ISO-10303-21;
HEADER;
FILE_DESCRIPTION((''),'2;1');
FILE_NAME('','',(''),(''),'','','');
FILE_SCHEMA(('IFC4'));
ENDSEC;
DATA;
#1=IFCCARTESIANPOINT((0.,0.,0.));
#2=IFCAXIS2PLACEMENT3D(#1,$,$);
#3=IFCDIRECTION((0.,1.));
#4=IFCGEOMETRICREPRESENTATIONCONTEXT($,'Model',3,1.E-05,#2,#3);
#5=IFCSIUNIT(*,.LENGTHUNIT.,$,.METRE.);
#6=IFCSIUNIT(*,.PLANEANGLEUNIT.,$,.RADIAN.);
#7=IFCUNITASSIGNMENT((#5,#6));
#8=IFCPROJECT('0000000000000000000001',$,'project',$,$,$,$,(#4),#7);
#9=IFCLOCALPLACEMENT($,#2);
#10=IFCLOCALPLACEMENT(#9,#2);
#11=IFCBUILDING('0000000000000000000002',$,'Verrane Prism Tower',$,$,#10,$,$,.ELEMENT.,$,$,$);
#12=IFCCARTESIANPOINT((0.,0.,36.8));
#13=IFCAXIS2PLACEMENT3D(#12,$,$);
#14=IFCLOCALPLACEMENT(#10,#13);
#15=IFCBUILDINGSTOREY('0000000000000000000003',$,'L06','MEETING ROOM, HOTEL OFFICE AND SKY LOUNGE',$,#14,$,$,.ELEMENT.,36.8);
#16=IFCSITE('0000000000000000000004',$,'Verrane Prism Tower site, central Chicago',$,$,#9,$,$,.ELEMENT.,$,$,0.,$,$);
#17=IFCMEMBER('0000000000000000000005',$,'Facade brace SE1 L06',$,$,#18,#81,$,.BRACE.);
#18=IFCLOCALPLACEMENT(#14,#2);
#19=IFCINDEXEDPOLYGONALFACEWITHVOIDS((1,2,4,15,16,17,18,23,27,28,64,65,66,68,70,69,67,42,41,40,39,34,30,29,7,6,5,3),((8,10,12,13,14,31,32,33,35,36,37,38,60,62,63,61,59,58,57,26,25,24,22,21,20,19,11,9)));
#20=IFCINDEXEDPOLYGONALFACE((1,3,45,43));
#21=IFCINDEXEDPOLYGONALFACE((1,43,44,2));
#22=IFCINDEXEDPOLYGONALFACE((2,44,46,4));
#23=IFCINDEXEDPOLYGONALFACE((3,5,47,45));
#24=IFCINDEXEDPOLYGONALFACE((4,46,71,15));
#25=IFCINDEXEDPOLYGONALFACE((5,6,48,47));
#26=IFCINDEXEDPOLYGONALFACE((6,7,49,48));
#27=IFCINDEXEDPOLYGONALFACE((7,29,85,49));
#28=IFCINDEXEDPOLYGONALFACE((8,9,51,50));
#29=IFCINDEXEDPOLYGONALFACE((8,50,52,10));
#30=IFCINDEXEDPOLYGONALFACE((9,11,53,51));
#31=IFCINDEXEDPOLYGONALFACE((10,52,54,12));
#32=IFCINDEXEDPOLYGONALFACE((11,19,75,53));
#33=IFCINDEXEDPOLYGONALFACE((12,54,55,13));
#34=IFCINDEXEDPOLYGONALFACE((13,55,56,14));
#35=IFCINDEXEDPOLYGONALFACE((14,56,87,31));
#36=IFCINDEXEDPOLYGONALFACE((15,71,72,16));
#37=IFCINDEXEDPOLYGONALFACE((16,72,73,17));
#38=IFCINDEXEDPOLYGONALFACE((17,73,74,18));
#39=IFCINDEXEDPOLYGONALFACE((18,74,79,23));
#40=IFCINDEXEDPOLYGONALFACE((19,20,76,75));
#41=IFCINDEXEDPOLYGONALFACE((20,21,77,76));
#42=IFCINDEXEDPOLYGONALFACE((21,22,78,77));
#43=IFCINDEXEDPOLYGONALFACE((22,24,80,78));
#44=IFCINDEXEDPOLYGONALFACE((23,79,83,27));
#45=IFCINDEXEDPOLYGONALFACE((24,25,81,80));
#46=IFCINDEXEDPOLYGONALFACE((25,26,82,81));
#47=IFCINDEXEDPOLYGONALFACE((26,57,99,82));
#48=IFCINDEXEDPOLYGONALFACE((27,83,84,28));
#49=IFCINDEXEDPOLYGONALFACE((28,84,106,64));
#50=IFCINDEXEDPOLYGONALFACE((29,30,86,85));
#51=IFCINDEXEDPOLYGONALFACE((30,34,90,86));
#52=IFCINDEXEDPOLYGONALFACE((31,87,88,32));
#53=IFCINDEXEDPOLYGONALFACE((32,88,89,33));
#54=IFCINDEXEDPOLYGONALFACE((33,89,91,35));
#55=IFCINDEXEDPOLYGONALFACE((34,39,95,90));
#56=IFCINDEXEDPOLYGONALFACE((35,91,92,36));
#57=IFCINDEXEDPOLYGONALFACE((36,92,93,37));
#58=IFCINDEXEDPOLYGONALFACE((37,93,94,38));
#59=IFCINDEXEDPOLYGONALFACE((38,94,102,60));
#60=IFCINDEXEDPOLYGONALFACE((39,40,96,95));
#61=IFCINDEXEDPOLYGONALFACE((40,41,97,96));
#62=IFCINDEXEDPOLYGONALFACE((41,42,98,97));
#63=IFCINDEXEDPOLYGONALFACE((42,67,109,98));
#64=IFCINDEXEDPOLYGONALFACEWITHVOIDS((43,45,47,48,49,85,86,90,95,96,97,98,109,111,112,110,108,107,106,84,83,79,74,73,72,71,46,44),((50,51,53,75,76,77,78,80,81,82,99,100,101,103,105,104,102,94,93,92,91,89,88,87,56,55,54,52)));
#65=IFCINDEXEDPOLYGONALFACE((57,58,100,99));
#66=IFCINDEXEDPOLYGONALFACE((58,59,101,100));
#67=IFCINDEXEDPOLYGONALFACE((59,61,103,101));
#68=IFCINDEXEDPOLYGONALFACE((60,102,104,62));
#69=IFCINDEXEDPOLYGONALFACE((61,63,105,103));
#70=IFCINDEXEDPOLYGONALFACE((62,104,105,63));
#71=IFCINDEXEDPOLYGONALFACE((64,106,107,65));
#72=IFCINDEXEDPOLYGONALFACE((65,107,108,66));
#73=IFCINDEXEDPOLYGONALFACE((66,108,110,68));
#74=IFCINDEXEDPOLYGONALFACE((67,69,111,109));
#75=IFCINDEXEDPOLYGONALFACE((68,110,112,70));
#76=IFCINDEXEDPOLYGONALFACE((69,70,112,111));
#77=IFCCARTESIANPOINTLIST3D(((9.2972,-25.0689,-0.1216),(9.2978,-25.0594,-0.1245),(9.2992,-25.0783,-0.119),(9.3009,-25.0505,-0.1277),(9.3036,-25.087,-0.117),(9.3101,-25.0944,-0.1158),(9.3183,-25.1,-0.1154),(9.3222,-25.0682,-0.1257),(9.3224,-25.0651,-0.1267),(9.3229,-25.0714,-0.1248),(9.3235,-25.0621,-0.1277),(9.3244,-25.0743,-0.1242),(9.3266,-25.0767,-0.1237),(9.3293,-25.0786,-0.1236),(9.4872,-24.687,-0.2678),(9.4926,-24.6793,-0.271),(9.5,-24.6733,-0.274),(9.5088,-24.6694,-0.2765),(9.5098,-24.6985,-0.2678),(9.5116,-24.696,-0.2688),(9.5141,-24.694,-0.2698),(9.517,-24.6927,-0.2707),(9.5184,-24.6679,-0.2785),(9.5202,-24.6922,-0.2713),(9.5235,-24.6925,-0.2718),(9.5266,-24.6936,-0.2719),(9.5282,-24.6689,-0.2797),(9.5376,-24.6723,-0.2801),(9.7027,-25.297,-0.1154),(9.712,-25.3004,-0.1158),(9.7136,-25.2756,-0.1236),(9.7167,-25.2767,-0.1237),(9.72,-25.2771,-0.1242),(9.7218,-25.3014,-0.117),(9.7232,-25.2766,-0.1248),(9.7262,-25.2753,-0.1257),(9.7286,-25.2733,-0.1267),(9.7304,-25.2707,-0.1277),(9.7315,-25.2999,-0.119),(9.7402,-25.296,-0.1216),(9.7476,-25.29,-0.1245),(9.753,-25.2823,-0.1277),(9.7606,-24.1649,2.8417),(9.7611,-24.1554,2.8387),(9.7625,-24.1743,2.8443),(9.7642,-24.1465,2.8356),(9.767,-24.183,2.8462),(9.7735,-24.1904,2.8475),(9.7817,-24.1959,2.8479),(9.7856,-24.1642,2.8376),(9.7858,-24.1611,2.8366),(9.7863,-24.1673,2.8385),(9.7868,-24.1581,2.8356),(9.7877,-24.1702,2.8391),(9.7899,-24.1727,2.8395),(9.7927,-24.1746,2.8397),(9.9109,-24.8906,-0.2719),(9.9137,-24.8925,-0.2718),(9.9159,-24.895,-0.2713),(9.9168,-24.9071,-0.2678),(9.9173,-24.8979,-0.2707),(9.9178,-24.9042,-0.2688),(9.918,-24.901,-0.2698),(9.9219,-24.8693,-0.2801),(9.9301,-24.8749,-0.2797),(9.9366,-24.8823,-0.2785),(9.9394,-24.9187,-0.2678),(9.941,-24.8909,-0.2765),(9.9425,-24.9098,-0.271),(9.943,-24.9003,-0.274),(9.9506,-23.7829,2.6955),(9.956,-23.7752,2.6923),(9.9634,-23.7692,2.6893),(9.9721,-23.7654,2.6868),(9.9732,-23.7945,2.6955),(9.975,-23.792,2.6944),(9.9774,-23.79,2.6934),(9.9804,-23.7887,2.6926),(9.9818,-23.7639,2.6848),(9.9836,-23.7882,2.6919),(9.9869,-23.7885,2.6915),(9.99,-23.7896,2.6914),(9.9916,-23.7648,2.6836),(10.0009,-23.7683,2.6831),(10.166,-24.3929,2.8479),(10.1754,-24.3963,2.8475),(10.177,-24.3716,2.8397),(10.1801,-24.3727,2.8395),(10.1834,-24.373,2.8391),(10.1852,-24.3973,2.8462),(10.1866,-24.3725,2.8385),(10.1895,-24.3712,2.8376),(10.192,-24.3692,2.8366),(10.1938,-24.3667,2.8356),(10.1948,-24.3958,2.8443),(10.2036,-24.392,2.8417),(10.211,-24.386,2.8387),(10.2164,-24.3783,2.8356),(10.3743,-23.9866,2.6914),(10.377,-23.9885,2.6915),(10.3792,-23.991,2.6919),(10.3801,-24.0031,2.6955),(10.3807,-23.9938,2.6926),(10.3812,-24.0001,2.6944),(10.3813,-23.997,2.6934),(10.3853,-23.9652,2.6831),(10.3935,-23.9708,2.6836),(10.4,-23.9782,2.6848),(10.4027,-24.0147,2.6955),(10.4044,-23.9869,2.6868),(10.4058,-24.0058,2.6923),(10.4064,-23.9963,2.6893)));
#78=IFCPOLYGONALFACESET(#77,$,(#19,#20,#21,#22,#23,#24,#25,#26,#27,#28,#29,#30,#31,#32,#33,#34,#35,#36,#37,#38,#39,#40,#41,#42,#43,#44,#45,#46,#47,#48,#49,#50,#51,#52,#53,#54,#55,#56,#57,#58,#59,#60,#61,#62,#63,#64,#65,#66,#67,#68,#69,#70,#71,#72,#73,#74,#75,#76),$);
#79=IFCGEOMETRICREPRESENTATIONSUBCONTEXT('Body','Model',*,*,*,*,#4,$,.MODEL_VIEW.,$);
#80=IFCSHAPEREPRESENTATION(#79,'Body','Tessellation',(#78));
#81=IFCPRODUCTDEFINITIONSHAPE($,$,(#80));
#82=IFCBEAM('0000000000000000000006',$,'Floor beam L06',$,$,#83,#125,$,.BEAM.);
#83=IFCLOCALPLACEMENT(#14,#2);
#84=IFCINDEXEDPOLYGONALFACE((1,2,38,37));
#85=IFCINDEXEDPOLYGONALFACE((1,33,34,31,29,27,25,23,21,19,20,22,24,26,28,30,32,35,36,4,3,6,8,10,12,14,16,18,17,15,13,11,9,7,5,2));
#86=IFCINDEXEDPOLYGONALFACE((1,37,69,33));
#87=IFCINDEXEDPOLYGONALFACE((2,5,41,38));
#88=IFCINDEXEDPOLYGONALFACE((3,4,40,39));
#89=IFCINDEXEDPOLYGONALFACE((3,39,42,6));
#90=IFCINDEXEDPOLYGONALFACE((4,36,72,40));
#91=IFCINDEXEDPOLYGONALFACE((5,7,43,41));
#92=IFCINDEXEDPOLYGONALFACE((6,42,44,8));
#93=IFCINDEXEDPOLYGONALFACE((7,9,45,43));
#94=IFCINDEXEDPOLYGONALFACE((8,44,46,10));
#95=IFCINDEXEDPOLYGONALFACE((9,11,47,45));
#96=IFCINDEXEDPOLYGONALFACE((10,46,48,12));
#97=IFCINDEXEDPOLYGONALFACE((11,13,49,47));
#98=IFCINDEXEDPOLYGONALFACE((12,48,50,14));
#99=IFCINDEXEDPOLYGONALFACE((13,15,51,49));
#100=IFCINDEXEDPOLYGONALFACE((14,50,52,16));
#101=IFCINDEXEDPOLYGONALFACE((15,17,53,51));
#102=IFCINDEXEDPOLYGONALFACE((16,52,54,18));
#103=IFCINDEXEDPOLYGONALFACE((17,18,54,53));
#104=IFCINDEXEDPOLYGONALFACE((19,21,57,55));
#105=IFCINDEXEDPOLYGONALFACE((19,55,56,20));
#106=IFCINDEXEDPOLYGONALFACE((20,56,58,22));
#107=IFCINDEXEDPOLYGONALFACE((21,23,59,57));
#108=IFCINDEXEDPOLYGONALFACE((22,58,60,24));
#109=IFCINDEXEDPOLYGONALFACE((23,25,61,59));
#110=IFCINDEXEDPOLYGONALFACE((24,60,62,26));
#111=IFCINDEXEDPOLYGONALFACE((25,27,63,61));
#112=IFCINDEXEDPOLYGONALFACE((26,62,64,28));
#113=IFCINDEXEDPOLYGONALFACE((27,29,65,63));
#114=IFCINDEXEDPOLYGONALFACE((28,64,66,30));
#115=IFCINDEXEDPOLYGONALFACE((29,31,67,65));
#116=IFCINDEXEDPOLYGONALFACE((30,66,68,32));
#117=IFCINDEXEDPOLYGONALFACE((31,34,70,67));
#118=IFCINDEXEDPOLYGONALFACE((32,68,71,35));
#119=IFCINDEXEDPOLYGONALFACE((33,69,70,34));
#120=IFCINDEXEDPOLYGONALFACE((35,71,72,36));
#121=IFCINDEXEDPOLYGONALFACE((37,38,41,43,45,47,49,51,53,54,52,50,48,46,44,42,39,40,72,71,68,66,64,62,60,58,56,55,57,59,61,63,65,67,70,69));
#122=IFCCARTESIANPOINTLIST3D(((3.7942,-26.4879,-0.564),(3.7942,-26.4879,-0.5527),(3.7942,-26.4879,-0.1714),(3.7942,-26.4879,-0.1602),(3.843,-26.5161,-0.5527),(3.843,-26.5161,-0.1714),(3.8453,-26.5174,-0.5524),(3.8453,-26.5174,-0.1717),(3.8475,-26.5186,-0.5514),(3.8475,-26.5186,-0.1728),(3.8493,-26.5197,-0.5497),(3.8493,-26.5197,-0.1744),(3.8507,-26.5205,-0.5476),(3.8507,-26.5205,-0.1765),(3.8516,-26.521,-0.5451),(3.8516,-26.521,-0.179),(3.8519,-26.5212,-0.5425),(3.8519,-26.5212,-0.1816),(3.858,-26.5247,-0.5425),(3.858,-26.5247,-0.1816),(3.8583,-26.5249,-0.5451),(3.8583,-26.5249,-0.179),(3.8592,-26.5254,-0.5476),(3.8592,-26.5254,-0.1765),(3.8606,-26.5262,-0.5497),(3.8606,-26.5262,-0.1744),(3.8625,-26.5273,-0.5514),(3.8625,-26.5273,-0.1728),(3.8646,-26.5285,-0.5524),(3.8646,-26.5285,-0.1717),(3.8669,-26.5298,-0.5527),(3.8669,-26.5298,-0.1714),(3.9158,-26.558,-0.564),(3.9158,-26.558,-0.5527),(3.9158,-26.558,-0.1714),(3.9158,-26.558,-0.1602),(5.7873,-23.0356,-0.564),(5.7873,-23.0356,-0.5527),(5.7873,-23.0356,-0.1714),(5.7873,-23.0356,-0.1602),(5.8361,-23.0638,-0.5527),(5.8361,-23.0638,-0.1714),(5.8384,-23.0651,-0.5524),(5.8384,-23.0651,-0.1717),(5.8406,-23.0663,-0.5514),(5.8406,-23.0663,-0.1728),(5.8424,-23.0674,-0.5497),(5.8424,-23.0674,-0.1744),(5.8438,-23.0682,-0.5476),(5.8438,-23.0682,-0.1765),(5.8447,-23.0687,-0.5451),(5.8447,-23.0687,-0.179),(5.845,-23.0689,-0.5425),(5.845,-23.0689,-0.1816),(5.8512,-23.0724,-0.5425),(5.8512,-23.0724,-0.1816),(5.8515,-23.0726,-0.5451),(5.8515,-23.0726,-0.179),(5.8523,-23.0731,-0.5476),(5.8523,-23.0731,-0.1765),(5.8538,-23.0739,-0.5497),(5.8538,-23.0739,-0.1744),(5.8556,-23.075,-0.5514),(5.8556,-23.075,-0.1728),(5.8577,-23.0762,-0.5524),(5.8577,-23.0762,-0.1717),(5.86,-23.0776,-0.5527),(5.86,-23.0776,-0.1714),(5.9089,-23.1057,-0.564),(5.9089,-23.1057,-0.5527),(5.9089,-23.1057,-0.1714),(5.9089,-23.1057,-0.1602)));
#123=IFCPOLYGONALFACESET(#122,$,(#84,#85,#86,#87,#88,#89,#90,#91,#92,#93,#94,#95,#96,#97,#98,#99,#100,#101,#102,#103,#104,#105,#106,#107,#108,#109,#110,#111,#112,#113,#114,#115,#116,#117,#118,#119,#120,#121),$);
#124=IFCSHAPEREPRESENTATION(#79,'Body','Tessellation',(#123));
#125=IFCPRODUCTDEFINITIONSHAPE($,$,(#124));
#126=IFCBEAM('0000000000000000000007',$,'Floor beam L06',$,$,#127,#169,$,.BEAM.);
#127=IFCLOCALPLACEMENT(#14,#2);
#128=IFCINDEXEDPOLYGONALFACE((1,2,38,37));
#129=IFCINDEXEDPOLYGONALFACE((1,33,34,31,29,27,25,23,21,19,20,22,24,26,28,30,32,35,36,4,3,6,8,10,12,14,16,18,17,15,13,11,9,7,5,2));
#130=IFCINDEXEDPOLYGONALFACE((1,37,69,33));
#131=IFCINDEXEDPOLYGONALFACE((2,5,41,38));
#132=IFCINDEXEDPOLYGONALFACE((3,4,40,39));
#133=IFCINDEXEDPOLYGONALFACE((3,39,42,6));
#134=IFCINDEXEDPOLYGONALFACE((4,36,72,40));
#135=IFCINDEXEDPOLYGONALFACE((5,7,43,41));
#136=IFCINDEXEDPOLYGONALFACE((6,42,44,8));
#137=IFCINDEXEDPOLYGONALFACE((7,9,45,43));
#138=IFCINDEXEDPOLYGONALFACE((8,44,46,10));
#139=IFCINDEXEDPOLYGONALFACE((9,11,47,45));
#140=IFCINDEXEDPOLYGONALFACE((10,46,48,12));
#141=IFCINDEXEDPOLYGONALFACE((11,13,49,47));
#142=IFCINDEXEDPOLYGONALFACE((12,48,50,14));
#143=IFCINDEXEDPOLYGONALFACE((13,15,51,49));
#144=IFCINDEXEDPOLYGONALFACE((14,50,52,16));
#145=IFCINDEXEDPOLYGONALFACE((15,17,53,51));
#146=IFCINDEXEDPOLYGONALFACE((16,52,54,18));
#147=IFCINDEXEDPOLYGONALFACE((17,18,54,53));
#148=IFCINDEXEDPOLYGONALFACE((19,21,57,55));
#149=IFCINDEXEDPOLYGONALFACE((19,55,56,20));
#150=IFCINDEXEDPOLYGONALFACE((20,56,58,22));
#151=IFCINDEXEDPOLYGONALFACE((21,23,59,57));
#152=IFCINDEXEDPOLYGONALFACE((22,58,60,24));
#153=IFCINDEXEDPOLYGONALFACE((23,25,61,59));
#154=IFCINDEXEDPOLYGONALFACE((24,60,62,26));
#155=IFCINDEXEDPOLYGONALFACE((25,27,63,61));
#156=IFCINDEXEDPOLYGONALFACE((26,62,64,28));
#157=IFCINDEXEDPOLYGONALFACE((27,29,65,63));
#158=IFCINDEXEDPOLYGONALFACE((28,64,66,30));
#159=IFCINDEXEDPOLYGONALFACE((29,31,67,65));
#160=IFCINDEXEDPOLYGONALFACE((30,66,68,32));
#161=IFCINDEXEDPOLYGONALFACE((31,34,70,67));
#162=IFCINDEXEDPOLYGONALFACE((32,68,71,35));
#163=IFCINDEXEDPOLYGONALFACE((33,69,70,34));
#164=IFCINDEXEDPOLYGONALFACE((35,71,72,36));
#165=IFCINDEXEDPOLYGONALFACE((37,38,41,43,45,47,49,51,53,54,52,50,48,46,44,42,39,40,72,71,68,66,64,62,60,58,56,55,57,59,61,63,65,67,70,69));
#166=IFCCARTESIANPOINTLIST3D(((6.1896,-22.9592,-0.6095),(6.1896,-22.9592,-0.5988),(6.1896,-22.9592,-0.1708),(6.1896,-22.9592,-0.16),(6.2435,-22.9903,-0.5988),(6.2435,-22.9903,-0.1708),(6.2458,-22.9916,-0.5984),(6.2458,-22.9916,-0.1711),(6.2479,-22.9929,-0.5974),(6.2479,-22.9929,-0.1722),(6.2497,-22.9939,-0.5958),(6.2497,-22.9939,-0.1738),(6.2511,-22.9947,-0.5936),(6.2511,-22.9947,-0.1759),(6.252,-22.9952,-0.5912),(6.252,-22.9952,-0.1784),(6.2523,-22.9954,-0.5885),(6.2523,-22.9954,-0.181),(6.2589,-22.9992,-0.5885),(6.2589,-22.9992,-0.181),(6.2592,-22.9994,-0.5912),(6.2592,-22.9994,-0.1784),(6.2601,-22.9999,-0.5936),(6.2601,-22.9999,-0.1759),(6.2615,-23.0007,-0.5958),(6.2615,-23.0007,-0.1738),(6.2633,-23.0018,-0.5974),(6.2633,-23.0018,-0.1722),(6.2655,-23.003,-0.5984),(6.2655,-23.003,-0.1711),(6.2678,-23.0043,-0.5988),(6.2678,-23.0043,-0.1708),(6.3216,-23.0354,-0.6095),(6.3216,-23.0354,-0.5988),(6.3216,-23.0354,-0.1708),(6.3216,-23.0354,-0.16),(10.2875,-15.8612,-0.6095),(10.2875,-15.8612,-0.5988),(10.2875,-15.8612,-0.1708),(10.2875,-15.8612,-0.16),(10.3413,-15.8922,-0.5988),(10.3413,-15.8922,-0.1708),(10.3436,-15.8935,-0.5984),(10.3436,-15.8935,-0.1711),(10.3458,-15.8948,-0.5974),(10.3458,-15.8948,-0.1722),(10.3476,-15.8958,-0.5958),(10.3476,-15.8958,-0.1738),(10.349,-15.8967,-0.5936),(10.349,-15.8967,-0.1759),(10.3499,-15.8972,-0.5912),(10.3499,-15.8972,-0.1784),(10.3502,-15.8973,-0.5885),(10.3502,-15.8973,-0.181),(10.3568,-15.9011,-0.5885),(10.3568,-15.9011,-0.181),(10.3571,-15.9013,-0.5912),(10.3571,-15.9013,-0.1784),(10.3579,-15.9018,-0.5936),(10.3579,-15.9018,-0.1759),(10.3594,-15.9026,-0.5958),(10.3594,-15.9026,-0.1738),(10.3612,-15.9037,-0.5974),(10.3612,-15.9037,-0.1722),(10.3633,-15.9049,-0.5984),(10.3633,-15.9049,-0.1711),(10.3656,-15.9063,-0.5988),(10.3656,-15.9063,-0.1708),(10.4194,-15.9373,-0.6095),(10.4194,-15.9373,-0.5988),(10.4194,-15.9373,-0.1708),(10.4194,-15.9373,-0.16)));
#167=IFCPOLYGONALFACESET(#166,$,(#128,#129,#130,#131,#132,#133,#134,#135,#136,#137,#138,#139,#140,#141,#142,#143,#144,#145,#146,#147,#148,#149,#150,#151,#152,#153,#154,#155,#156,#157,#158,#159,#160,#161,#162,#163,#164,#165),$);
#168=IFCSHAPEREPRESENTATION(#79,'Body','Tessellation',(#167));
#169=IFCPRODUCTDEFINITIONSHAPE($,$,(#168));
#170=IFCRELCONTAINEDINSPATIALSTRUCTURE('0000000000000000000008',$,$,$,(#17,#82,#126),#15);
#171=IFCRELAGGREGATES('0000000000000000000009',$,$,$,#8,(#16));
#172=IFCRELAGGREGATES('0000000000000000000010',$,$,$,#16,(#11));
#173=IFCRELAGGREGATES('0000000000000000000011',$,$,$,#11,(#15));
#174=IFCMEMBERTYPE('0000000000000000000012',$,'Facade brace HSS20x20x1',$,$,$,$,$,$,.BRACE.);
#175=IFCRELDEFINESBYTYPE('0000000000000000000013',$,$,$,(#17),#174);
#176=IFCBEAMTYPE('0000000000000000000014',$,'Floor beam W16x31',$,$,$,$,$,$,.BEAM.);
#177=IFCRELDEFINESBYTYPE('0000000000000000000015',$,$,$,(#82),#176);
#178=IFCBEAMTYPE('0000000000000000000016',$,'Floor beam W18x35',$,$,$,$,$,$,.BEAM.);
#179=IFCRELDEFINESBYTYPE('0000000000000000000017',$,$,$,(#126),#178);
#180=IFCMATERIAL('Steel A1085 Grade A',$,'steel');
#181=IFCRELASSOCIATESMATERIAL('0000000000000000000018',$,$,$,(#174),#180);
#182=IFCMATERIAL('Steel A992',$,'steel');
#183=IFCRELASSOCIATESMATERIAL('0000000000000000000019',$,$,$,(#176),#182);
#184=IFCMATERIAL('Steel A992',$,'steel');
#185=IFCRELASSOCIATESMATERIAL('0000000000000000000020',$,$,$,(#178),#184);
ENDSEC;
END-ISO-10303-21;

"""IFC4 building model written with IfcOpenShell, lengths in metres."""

from ifc_helpers import new_model, si_unit, direction, frame, origin, origin_2d, place, context, subcontext, project, spatial, hollow_rectangle, i_section, extrude, material, material_profile, profile_set, type_object, element, save


model = new_model("IFC4")

# Units and contexts
model_context = context("Model", 3, precision=1e-05, world=origin(), true_north=direction((0.0, 1.0)))
body_context = subcontext(model_context, "Body", "Model", "MODEL_VIEW")
ifc_project = project(units=[si_unit("LENGTHUNIT", "METRE"), si_unit("PLANEANGLEUNIT", "RADIAN")], contexts=[model_context])

# Site, building, storey
site_placement = place(None, origin())
site = spatial("IfcSite", under=ifc_project, at=site_placement, Name="Verrane Prism Tower site, central Chicago", CompositionType="ELEMENT", RefElevation=0.0)
building_placement = place(site_placement, origin())
building = spatial("IfcBuilding", under=site, at=building_placement, Name="Verrane Prism Tower", CompositionType="ELEMENT")
storey_placement = place(building_placement, frame((0.0, 0.0, 36.8)))
storey = spatial("IfcBuildingStorey", under=building, at=storey_placement, Name="L06", Description="MEETING ROOM, HOTEL OFFICE AND SKY LOUNGE", CompositionType="ELEMENT", Elevation=36.8)

# Member
ifc_material_1 = material(Name="Steel A1085 Grade A", Category="steel")
ifc_material_profile_1 = material_profile(ifc_material_1, hollow_rectangle(XDim=0.5081, YDim=0.5081, WallThickness=0.0254, InnerFilletRadius=0.0127, OuterFilletRadius=0.0381, at=origin_2d()), Name="HSS20x20x1")
ifc_profile_set_1 = profile_set([ifc_material_profile_1], Name="Steel A1085 Grade A")
member_type_1 = type_object("IfcMemberType", Name="Facade brace HSS20x20x1", PredefinedType="BRACE", material=ifc_profile_set_1)
member_1_placement = place(storey_placement, frame((9.6201, -24.9846, -0.1978), z_axis=(0.147918, 0.288588, 0.945958), x_axis=(-0.889913, 0.456131, 0.0)))
element("IfcMember", 1, at=member_1_placement, inside=storey, type_object=member_type_1, Name="Facade brace SE1 L06", PredefinedType="BRACE", context=body_context, shape_type="SweptSolid", body=[
    extrude(hollow_rectangle(XDim=0.5081, YDim=0.5081, WallThickness=0.0254, InnerFilletRadius=0.0127, OuterFilletRadius=0.0381, at=origin_2d()), origin(), (0.0, 0.0, 1.0), 3.1326),
])

# Beams
ifc_material_2 = material(Name="Steel A992", Category="steel")
ifc_material_profile_2 = material_profile(ifc_material_2, i_section(OverallWidth=0.1404, OverallDepth=0.4038, WebThickness=0.0071, FlangeThickness=0.0112, FilletRadius=0.0103, at=origin_2d()), Name="W16x31")
ifc_profile_set_2 = profile_set([ifc_material_profile_2], Name="Steel A992")
beam_type_1 = type_object("IfcBeamType", Name="Floor beam W16x31", PredefinedType="BEAM", material=ifc_profile_set_2)
beam_1_placement = place(storey_placement, frame((3.855, -26.5229, -0.3621), z_axis=(0.499986, 0.866034, 0.0), x_axis=(-0.866034, 0.499986, 0.0)))
element("IfcBeam", 2, at=beam_1_placement, inside=storey, type_object=beam_type_1, Name="Floor beam L06", PredefinedType="BEAM", context=body_context, shape_type="SweptSolid", body=[
    extrude(i_section(OverallWidth=0.1404, OverallDepth=0.4038, WebThickness=0.0071, FlangeThickness=0.0112, FilletRadius=0.0103, at=origin_2d()), origin(), (0.0, 0.0, 1.0), 3.9863),
])
ifc_material_3 = material(Name="Steel A992", Category="steel")
ifc_material_profile_3 = material_profile(ifc_material_3, i_section(OverallWidth=0.1523, OverallDepth=0.4495, WebThickness=0.0076, FlangeThickness=0.0107, FilletRadius=0.0103, at=origin_2d()), Name="W18x35")
ifc_profile_set_3 = profile_set([ifc_material_profile_3], Name="Steel A992")
beam_type_2 = type_object("IfcBeamType", Name="Floor beam W18x35", PredefinedType="BEAM", material=ifc_profile_set_3)
beam_2_placement = place(storey_placement, frame((6.2556, -22.9973, -0.3848), z_axis=(0.49998, 0.866037, 0.0), x_axis=(-0.866037, 0.49998, 0.0)))
element("IfcBeam", 3, at=beam_2_placement, inside=storey, type_object=beam_type_2, Name="Floor beam L06", PredefinedType="BEAM", context=body_context, shape_type="SweptSolid", body=[
    extrude(i_section(OverallWidth=0.1523, OverallDepth=0.4495, WebThickness=0.0076, FlangeThickness=0.0107, FilletRadius=0.0103, at=origin_2d()), origin(), (0.0, 0.0, 1.0), 8.196),
])

save(model, "model.ifc")
